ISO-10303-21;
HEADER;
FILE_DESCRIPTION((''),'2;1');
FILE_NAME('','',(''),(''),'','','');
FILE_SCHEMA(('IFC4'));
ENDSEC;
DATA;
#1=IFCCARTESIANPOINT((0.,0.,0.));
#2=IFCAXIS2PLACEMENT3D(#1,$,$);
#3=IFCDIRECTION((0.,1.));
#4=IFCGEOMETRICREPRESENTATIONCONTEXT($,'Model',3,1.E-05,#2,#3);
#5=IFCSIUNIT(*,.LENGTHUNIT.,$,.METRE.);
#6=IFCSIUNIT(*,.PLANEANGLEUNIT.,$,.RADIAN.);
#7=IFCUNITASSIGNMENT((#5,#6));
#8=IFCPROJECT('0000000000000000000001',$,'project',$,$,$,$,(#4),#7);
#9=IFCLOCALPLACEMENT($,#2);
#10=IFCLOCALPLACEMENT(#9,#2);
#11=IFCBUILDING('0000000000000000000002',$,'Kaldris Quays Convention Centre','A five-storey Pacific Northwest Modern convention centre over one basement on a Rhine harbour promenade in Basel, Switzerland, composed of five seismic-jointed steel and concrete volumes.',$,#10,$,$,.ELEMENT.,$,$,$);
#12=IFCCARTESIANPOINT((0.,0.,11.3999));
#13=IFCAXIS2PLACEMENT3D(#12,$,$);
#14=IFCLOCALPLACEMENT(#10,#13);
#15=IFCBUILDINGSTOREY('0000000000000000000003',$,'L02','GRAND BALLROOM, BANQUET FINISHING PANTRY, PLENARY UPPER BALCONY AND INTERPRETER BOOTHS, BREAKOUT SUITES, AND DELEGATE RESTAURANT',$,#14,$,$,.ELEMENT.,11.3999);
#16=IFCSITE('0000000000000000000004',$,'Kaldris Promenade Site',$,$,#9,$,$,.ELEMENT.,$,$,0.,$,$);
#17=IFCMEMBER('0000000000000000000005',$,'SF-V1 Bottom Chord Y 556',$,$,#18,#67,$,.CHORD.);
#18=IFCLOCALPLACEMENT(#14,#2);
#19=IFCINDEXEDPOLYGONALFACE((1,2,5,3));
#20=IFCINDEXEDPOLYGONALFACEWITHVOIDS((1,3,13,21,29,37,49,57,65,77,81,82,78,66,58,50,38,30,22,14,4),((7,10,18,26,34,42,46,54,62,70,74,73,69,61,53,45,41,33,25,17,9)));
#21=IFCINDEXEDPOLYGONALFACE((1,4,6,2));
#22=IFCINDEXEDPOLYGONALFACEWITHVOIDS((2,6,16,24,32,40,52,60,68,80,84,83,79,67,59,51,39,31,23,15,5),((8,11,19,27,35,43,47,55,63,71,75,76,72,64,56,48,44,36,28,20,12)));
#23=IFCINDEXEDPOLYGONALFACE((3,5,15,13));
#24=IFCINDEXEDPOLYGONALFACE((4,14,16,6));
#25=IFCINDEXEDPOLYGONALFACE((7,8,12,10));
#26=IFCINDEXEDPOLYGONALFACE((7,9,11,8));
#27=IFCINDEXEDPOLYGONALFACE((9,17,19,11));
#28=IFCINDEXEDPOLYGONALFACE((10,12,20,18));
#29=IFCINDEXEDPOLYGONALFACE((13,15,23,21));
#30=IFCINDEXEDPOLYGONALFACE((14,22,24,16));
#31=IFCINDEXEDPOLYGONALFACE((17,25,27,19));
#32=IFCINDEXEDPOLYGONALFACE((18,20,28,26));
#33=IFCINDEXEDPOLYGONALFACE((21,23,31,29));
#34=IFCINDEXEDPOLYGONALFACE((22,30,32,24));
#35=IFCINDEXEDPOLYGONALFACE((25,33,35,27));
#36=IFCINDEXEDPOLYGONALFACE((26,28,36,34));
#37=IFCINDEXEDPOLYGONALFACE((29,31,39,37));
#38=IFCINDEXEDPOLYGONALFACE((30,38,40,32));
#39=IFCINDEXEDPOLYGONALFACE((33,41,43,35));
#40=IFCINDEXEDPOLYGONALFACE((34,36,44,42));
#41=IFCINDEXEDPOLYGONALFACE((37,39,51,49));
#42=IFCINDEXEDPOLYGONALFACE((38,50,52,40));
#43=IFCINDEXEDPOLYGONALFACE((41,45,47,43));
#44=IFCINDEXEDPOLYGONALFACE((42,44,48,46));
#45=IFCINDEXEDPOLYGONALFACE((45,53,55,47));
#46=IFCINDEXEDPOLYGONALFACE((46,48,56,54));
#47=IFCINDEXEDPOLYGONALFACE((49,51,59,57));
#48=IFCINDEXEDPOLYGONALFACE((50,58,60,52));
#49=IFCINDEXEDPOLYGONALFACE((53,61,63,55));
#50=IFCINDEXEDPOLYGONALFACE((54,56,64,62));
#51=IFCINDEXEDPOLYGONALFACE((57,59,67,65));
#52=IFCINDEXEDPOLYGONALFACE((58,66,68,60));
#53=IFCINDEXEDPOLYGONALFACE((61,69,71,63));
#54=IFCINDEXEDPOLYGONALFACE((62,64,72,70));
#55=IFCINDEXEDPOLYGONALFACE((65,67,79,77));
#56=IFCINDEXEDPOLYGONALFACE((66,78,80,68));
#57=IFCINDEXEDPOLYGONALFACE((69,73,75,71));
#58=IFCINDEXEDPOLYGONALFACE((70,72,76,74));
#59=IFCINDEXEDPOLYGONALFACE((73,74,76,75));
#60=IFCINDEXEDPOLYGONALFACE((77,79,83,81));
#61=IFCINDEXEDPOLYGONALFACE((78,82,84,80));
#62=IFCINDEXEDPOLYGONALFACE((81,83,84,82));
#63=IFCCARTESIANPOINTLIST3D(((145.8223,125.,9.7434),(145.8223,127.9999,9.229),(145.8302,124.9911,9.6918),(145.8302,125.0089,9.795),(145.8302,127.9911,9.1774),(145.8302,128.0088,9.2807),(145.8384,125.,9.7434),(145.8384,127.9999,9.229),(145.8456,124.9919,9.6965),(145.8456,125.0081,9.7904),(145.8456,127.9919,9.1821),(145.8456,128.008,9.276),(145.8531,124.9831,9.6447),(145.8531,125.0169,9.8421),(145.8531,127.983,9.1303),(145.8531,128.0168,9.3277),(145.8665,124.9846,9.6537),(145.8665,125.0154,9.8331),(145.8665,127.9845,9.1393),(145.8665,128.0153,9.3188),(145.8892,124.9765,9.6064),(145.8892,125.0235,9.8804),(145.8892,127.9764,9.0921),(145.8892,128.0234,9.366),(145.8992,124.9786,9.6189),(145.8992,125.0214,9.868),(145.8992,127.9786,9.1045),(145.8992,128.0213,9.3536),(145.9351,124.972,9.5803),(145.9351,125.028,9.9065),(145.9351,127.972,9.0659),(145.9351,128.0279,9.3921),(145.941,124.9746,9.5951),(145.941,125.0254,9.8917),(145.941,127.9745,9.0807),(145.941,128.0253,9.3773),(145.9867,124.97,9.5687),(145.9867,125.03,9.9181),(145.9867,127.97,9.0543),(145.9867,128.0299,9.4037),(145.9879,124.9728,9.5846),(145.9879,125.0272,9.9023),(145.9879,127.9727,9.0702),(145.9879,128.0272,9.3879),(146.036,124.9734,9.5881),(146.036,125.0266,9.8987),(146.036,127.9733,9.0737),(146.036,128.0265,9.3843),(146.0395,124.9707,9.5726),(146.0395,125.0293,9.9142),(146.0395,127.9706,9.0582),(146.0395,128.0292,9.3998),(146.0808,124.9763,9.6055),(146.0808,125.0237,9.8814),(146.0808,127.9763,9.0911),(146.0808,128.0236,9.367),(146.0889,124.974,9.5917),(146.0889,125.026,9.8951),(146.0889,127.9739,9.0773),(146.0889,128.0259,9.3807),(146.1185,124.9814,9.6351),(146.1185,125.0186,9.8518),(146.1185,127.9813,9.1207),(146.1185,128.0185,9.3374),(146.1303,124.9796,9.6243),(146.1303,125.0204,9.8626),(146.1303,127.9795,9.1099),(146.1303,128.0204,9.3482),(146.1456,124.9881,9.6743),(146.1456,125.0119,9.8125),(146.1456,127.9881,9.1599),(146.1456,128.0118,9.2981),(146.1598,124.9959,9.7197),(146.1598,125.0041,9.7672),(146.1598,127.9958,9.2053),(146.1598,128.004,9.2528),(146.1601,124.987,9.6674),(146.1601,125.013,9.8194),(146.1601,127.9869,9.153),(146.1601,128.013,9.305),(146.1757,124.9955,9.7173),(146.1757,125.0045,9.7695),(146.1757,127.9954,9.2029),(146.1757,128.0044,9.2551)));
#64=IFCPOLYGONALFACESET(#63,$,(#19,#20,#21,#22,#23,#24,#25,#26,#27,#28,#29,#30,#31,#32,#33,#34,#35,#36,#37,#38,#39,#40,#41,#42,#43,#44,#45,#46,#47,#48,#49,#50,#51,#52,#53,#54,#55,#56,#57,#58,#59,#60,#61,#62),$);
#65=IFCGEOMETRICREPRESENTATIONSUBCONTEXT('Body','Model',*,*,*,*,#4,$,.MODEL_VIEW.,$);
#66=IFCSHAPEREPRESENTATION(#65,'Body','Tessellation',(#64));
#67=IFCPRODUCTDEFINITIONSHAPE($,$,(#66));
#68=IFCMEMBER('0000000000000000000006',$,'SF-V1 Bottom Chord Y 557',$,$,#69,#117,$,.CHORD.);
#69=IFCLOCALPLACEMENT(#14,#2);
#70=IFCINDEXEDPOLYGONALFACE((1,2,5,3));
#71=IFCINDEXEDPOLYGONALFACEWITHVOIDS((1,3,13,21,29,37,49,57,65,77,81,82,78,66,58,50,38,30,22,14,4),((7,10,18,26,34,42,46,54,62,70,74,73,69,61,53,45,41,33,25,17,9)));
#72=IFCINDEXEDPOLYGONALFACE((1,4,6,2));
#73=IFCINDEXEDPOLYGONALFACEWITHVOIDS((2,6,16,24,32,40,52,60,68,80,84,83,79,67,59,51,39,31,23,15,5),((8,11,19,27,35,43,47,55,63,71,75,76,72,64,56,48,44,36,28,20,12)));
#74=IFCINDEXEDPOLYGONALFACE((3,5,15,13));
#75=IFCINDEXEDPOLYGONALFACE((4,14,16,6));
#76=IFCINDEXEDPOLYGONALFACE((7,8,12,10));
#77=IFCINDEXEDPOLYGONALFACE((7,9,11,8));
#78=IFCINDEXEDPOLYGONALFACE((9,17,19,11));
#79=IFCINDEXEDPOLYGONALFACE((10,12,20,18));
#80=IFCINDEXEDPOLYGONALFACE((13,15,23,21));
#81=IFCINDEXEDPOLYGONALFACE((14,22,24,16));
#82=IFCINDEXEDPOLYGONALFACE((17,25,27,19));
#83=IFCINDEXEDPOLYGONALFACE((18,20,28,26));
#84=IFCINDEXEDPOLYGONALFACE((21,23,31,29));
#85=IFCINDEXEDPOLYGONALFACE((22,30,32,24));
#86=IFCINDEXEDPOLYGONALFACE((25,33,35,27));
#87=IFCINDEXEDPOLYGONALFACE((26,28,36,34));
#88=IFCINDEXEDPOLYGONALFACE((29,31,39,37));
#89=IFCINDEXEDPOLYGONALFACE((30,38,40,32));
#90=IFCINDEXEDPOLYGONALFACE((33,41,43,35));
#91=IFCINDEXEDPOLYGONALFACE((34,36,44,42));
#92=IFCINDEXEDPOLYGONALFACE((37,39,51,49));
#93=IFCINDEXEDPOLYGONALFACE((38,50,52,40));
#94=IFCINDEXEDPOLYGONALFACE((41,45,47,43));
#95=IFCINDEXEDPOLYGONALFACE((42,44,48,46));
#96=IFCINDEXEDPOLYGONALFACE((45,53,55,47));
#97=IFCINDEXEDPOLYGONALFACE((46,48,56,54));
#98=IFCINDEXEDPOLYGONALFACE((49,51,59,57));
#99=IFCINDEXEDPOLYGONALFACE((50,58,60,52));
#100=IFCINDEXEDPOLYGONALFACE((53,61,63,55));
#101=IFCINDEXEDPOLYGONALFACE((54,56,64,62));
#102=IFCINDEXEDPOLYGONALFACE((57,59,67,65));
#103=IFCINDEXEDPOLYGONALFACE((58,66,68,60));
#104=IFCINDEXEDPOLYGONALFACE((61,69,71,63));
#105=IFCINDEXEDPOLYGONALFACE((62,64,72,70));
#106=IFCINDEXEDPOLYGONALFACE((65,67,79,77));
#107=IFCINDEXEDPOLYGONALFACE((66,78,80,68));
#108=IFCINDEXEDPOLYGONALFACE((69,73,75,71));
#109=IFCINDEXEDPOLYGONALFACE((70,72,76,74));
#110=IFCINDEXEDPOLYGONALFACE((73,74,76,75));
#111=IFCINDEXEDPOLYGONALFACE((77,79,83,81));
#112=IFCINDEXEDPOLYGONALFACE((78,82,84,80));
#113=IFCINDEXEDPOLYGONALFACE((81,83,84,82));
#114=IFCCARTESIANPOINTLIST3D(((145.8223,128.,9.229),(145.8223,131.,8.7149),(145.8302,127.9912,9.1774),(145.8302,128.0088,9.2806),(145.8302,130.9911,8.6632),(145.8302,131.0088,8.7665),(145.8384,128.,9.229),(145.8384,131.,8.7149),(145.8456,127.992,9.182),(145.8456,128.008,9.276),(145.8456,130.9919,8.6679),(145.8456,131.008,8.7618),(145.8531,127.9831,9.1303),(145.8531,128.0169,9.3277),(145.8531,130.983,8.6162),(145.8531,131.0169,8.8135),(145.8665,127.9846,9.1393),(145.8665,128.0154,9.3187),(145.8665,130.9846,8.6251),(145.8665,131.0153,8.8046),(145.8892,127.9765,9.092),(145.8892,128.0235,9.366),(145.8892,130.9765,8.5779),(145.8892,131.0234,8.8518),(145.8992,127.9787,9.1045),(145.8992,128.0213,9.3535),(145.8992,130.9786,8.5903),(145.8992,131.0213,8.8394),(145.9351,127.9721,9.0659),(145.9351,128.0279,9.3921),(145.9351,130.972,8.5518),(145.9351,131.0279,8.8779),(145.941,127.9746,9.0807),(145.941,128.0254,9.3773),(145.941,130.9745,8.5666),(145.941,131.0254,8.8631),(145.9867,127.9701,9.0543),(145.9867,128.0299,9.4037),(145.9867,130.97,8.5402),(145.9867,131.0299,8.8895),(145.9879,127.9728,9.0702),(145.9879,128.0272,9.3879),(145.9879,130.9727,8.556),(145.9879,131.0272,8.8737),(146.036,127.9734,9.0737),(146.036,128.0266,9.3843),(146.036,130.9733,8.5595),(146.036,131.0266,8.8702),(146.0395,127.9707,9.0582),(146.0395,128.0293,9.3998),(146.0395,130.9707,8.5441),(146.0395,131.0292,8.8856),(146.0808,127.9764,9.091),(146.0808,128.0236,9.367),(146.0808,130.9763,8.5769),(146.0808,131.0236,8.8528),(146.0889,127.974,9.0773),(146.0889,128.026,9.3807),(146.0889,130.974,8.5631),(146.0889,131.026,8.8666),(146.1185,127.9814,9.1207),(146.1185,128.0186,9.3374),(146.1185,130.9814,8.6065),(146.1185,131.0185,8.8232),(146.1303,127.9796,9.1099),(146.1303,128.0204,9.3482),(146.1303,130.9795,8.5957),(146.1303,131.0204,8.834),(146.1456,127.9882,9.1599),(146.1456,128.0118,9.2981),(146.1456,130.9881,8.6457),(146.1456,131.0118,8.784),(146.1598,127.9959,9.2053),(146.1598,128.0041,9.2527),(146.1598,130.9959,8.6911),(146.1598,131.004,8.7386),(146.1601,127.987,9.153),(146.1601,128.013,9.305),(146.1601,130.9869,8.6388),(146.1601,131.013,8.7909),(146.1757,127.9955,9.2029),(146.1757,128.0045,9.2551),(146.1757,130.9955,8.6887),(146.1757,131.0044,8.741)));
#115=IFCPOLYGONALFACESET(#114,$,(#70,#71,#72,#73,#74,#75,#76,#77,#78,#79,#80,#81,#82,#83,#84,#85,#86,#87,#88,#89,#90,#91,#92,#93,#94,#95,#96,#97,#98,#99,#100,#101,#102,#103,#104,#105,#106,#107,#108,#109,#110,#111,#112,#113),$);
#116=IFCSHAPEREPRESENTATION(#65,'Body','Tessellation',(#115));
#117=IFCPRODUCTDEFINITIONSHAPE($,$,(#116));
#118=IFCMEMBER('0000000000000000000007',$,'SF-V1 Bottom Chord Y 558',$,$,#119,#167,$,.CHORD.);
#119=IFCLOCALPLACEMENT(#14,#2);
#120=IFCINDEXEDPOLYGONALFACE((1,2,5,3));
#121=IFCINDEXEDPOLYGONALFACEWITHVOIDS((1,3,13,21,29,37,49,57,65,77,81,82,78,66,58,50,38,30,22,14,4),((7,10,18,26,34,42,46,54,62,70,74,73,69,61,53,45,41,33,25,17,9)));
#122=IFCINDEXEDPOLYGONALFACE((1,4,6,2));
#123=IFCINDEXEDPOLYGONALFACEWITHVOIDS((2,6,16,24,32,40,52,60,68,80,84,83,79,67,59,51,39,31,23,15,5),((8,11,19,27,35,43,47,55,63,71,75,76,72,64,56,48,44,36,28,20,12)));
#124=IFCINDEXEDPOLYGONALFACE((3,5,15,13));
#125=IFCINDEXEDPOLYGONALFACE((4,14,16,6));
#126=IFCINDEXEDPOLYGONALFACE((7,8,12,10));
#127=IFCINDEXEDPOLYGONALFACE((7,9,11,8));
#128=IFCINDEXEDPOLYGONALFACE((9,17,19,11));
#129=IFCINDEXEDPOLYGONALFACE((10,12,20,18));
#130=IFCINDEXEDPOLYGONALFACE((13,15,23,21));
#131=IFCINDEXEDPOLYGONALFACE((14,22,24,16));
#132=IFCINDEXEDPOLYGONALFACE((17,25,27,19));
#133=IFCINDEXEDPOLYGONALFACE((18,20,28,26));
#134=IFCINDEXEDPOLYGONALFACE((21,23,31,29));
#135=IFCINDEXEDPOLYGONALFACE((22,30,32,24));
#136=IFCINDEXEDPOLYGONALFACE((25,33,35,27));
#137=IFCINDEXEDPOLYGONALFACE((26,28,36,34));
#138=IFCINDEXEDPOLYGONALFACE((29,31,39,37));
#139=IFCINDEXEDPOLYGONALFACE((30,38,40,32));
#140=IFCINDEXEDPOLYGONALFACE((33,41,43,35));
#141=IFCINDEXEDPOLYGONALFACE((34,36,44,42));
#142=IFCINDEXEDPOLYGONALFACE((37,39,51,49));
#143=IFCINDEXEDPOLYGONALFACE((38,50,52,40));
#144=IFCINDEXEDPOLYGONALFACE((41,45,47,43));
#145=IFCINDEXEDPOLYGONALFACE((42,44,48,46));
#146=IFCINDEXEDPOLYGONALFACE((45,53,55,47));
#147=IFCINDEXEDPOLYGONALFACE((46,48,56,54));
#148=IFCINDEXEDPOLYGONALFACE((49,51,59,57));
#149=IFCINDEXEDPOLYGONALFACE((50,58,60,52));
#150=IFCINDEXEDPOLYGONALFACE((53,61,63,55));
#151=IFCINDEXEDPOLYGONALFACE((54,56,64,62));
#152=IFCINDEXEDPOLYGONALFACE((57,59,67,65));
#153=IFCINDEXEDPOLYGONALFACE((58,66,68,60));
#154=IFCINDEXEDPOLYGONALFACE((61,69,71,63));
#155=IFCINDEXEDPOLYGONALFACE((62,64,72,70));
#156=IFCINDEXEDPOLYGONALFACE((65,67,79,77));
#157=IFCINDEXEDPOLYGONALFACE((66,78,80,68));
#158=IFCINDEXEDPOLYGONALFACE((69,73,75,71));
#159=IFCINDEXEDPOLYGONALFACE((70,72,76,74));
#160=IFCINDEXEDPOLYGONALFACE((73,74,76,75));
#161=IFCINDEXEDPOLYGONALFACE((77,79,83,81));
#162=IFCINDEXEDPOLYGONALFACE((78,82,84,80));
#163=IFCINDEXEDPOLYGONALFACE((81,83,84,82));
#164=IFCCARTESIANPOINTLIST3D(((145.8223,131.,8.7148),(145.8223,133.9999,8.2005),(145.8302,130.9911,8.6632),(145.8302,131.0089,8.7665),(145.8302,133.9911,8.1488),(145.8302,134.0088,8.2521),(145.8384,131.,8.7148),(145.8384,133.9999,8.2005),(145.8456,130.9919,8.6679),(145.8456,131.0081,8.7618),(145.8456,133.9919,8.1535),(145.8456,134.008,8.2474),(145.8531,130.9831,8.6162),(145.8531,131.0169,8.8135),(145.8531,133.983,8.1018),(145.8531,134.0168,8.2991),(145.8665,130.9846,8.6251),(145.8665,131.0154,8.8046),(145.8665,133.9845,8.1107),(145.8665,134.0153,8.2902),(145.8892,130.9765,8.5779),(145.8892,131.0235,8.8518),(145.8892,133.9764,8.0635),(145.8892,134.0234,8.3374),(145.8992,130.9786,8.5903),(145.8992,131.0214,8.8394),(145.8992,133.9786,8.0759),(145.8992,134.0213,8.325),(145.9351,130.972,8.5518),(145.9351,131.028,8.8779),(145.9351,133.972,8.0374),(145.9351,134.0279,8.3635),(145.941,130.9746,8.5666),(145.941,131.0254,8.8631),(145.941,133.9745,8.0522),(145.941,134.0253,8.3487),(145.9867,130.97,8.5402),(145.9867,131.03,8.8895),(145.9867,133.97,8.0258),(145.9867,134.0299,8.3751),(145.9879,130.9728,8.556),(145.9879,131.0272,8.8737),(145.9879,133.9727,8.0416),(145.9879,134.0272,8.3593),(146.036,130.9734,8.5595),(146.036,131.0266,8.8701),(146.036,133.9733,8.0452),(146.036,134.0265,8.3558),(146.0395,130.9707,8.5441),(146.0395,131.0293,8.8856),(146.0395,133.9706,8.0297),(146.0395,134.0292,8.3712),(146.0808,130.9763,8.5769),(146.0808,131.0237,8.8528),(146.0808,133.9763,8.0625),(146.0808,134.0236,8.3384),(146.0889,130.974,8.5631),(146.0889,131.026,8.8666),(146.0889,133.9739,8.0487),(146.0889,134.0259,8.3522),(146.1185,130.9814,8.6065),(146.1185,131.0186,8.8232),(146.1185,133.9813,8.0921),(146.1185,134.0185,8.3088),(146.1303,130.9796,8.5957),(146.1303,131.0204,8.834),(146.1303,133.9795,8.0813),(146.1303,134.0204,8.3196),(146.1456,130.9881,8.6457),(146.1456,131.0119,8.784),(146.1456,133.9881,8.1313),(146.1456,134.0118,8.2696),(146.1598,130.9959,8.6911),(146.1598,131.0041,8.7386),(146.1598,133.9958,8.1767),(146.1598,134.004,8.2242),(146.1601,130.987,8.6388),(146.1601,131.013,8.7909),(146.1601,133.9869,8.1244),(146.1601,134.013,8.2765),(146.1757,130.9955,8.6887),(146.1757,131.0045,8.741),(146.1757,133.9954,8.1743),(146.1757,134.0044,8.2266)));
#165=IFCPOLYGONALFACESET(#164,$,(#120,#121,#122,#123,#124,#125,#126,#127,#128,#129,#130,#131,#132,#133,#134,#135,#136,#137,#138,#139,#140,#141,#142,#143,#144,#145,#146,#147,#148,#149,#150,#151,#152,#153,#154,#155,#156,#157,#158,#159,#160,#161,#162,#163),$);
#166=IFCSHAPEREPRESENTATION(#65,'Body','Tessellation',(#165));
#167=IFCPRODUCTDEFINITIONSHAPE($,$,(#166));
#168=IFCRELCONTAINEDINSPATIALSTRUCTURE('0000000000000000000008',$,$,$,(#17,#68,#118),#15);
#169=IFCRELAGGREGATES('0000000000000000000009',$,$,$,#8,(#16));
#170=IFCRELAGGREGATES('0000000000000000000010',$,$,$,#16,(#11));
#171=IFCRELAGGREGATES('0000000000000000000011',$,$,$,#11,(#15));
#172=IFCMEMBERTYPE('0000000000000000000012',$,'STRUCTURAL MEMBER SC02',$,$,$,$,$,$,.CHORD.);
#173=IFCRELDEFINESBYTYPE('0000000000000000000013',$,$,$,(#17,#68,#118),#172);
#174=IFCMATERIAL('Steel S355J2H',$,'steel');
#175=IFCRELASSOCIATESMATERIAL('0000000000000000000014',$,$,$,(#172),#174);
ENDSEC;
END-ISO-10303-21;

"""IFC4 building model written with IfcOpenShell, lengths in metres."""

from ifc_helpers import new_model, si_unit, direction, frame, origin, origin_2d, place, context, subcontext, project, spatial, hollow_circle, extrude, material, material_profile, profile_set, type_object, element, save


model = new_model("IFC4")

# Units and contexts
model_context = context("Model", 3, precision=1e-05, world=origin(), true_north=direction((0.0, 1.0)))
body_context = subcontext(model_context, "Body", "Model", "MODEL_VIEW")
ifc_project = project(units=[si_unit("LENGTHUNIT", "METRE"), si_unit("PLANEANGLEUNIT", "RADIAN")], contexts=[model_context])

# Site, building, storey
site_placement = place(None, origin())
site = spatial("IfcSite", under=ifc_project, at=site_placement, Name="Kaldris Promenade Site", CompositionType="ELEMENT", RefElevation=0.0)
building_placement = place(site_placement, origin())
building = spatial("IfcBuilding", under=site, at=building_placement, Name="Kaldris Quays Convention Centre", Description="A five-storey Pacific Northwest Modern convention centre over one basement on a Rhine harbour promenade in Basel, Switzerland, composed of five seismic-jointed steel and concrete volumes.", CompositionType="ELEMENT")
storey_placement = place(building_placement, frame((0.0, 0.0, 11.3999)))
storey = spatial("IfcBuildingStorey", under=building, at=storey_placement, Name="L02", Description="GRAND BALLROOM, BANQUET FINISHING PANTRY, PLENARY UPPER BALCONY AND INTERPRETER BOOTHS, BREAKOUT SUITES, AND DELEGATE RESTAURANT", CompositionType="ELEMENT", Elevation=11.3999)

# Members
ifc_material_1 = material(Name="Steel S355J2H", Category="steel")
ifc_material_profile_1 = material_profile(ifc_material_1, hollow_circle(Radius=0.1777, WallThickness=0.0161, at=origin_2d()), Name="CHS 355.6x16")
ifc_profile_set_1 = profile_set([ifc_material_profile_1], Name="Steel S355J2H")
member_type_1 = type_object("IfcMemberType", Name="STRUCTURAL MEMBER SC02", PredefinedType="CHORD", material=ifc_profile_set_1)
for number, where, z_axis, x_axis, name in (
    (1, (146.0, 125.0, 9.7434), (0.0, 0.985616, -0.169002), (-1.0, 0.0, 0.0), "SF-V1 Bottom Chord Y 556"),
    (2, (146.0, 128.0, 9.229), (0.0, 0.985629, -0.168924), (-1.0, 0.0, 0.0), "SF-V1 Bottom Chord Y 557"),
    (3, (146.0, 131.0, 8.7148), (0.0, 0.985616, -0.169002), (-1.0, 0.0, 0.0), "SF-V1 Bottom Chord Y 558"),
):
    element("IfcMember", number, at=place(storey_placement, frame(where, z_axis=z_axis, x_axis=x_axis)), inside=storey, type_object=member_type_1, Name=name, PredefinedType="CHORD", context=body_context, shape_type="SweptSolid", body=[
        extrude(hollow_circle(Radius=0.1777, WallThickness=0.0161, at=origin_2d()), origin(), (0.0, 0.0, 1.0), 3.0437),
    ])

save(model, "model.ifc")
